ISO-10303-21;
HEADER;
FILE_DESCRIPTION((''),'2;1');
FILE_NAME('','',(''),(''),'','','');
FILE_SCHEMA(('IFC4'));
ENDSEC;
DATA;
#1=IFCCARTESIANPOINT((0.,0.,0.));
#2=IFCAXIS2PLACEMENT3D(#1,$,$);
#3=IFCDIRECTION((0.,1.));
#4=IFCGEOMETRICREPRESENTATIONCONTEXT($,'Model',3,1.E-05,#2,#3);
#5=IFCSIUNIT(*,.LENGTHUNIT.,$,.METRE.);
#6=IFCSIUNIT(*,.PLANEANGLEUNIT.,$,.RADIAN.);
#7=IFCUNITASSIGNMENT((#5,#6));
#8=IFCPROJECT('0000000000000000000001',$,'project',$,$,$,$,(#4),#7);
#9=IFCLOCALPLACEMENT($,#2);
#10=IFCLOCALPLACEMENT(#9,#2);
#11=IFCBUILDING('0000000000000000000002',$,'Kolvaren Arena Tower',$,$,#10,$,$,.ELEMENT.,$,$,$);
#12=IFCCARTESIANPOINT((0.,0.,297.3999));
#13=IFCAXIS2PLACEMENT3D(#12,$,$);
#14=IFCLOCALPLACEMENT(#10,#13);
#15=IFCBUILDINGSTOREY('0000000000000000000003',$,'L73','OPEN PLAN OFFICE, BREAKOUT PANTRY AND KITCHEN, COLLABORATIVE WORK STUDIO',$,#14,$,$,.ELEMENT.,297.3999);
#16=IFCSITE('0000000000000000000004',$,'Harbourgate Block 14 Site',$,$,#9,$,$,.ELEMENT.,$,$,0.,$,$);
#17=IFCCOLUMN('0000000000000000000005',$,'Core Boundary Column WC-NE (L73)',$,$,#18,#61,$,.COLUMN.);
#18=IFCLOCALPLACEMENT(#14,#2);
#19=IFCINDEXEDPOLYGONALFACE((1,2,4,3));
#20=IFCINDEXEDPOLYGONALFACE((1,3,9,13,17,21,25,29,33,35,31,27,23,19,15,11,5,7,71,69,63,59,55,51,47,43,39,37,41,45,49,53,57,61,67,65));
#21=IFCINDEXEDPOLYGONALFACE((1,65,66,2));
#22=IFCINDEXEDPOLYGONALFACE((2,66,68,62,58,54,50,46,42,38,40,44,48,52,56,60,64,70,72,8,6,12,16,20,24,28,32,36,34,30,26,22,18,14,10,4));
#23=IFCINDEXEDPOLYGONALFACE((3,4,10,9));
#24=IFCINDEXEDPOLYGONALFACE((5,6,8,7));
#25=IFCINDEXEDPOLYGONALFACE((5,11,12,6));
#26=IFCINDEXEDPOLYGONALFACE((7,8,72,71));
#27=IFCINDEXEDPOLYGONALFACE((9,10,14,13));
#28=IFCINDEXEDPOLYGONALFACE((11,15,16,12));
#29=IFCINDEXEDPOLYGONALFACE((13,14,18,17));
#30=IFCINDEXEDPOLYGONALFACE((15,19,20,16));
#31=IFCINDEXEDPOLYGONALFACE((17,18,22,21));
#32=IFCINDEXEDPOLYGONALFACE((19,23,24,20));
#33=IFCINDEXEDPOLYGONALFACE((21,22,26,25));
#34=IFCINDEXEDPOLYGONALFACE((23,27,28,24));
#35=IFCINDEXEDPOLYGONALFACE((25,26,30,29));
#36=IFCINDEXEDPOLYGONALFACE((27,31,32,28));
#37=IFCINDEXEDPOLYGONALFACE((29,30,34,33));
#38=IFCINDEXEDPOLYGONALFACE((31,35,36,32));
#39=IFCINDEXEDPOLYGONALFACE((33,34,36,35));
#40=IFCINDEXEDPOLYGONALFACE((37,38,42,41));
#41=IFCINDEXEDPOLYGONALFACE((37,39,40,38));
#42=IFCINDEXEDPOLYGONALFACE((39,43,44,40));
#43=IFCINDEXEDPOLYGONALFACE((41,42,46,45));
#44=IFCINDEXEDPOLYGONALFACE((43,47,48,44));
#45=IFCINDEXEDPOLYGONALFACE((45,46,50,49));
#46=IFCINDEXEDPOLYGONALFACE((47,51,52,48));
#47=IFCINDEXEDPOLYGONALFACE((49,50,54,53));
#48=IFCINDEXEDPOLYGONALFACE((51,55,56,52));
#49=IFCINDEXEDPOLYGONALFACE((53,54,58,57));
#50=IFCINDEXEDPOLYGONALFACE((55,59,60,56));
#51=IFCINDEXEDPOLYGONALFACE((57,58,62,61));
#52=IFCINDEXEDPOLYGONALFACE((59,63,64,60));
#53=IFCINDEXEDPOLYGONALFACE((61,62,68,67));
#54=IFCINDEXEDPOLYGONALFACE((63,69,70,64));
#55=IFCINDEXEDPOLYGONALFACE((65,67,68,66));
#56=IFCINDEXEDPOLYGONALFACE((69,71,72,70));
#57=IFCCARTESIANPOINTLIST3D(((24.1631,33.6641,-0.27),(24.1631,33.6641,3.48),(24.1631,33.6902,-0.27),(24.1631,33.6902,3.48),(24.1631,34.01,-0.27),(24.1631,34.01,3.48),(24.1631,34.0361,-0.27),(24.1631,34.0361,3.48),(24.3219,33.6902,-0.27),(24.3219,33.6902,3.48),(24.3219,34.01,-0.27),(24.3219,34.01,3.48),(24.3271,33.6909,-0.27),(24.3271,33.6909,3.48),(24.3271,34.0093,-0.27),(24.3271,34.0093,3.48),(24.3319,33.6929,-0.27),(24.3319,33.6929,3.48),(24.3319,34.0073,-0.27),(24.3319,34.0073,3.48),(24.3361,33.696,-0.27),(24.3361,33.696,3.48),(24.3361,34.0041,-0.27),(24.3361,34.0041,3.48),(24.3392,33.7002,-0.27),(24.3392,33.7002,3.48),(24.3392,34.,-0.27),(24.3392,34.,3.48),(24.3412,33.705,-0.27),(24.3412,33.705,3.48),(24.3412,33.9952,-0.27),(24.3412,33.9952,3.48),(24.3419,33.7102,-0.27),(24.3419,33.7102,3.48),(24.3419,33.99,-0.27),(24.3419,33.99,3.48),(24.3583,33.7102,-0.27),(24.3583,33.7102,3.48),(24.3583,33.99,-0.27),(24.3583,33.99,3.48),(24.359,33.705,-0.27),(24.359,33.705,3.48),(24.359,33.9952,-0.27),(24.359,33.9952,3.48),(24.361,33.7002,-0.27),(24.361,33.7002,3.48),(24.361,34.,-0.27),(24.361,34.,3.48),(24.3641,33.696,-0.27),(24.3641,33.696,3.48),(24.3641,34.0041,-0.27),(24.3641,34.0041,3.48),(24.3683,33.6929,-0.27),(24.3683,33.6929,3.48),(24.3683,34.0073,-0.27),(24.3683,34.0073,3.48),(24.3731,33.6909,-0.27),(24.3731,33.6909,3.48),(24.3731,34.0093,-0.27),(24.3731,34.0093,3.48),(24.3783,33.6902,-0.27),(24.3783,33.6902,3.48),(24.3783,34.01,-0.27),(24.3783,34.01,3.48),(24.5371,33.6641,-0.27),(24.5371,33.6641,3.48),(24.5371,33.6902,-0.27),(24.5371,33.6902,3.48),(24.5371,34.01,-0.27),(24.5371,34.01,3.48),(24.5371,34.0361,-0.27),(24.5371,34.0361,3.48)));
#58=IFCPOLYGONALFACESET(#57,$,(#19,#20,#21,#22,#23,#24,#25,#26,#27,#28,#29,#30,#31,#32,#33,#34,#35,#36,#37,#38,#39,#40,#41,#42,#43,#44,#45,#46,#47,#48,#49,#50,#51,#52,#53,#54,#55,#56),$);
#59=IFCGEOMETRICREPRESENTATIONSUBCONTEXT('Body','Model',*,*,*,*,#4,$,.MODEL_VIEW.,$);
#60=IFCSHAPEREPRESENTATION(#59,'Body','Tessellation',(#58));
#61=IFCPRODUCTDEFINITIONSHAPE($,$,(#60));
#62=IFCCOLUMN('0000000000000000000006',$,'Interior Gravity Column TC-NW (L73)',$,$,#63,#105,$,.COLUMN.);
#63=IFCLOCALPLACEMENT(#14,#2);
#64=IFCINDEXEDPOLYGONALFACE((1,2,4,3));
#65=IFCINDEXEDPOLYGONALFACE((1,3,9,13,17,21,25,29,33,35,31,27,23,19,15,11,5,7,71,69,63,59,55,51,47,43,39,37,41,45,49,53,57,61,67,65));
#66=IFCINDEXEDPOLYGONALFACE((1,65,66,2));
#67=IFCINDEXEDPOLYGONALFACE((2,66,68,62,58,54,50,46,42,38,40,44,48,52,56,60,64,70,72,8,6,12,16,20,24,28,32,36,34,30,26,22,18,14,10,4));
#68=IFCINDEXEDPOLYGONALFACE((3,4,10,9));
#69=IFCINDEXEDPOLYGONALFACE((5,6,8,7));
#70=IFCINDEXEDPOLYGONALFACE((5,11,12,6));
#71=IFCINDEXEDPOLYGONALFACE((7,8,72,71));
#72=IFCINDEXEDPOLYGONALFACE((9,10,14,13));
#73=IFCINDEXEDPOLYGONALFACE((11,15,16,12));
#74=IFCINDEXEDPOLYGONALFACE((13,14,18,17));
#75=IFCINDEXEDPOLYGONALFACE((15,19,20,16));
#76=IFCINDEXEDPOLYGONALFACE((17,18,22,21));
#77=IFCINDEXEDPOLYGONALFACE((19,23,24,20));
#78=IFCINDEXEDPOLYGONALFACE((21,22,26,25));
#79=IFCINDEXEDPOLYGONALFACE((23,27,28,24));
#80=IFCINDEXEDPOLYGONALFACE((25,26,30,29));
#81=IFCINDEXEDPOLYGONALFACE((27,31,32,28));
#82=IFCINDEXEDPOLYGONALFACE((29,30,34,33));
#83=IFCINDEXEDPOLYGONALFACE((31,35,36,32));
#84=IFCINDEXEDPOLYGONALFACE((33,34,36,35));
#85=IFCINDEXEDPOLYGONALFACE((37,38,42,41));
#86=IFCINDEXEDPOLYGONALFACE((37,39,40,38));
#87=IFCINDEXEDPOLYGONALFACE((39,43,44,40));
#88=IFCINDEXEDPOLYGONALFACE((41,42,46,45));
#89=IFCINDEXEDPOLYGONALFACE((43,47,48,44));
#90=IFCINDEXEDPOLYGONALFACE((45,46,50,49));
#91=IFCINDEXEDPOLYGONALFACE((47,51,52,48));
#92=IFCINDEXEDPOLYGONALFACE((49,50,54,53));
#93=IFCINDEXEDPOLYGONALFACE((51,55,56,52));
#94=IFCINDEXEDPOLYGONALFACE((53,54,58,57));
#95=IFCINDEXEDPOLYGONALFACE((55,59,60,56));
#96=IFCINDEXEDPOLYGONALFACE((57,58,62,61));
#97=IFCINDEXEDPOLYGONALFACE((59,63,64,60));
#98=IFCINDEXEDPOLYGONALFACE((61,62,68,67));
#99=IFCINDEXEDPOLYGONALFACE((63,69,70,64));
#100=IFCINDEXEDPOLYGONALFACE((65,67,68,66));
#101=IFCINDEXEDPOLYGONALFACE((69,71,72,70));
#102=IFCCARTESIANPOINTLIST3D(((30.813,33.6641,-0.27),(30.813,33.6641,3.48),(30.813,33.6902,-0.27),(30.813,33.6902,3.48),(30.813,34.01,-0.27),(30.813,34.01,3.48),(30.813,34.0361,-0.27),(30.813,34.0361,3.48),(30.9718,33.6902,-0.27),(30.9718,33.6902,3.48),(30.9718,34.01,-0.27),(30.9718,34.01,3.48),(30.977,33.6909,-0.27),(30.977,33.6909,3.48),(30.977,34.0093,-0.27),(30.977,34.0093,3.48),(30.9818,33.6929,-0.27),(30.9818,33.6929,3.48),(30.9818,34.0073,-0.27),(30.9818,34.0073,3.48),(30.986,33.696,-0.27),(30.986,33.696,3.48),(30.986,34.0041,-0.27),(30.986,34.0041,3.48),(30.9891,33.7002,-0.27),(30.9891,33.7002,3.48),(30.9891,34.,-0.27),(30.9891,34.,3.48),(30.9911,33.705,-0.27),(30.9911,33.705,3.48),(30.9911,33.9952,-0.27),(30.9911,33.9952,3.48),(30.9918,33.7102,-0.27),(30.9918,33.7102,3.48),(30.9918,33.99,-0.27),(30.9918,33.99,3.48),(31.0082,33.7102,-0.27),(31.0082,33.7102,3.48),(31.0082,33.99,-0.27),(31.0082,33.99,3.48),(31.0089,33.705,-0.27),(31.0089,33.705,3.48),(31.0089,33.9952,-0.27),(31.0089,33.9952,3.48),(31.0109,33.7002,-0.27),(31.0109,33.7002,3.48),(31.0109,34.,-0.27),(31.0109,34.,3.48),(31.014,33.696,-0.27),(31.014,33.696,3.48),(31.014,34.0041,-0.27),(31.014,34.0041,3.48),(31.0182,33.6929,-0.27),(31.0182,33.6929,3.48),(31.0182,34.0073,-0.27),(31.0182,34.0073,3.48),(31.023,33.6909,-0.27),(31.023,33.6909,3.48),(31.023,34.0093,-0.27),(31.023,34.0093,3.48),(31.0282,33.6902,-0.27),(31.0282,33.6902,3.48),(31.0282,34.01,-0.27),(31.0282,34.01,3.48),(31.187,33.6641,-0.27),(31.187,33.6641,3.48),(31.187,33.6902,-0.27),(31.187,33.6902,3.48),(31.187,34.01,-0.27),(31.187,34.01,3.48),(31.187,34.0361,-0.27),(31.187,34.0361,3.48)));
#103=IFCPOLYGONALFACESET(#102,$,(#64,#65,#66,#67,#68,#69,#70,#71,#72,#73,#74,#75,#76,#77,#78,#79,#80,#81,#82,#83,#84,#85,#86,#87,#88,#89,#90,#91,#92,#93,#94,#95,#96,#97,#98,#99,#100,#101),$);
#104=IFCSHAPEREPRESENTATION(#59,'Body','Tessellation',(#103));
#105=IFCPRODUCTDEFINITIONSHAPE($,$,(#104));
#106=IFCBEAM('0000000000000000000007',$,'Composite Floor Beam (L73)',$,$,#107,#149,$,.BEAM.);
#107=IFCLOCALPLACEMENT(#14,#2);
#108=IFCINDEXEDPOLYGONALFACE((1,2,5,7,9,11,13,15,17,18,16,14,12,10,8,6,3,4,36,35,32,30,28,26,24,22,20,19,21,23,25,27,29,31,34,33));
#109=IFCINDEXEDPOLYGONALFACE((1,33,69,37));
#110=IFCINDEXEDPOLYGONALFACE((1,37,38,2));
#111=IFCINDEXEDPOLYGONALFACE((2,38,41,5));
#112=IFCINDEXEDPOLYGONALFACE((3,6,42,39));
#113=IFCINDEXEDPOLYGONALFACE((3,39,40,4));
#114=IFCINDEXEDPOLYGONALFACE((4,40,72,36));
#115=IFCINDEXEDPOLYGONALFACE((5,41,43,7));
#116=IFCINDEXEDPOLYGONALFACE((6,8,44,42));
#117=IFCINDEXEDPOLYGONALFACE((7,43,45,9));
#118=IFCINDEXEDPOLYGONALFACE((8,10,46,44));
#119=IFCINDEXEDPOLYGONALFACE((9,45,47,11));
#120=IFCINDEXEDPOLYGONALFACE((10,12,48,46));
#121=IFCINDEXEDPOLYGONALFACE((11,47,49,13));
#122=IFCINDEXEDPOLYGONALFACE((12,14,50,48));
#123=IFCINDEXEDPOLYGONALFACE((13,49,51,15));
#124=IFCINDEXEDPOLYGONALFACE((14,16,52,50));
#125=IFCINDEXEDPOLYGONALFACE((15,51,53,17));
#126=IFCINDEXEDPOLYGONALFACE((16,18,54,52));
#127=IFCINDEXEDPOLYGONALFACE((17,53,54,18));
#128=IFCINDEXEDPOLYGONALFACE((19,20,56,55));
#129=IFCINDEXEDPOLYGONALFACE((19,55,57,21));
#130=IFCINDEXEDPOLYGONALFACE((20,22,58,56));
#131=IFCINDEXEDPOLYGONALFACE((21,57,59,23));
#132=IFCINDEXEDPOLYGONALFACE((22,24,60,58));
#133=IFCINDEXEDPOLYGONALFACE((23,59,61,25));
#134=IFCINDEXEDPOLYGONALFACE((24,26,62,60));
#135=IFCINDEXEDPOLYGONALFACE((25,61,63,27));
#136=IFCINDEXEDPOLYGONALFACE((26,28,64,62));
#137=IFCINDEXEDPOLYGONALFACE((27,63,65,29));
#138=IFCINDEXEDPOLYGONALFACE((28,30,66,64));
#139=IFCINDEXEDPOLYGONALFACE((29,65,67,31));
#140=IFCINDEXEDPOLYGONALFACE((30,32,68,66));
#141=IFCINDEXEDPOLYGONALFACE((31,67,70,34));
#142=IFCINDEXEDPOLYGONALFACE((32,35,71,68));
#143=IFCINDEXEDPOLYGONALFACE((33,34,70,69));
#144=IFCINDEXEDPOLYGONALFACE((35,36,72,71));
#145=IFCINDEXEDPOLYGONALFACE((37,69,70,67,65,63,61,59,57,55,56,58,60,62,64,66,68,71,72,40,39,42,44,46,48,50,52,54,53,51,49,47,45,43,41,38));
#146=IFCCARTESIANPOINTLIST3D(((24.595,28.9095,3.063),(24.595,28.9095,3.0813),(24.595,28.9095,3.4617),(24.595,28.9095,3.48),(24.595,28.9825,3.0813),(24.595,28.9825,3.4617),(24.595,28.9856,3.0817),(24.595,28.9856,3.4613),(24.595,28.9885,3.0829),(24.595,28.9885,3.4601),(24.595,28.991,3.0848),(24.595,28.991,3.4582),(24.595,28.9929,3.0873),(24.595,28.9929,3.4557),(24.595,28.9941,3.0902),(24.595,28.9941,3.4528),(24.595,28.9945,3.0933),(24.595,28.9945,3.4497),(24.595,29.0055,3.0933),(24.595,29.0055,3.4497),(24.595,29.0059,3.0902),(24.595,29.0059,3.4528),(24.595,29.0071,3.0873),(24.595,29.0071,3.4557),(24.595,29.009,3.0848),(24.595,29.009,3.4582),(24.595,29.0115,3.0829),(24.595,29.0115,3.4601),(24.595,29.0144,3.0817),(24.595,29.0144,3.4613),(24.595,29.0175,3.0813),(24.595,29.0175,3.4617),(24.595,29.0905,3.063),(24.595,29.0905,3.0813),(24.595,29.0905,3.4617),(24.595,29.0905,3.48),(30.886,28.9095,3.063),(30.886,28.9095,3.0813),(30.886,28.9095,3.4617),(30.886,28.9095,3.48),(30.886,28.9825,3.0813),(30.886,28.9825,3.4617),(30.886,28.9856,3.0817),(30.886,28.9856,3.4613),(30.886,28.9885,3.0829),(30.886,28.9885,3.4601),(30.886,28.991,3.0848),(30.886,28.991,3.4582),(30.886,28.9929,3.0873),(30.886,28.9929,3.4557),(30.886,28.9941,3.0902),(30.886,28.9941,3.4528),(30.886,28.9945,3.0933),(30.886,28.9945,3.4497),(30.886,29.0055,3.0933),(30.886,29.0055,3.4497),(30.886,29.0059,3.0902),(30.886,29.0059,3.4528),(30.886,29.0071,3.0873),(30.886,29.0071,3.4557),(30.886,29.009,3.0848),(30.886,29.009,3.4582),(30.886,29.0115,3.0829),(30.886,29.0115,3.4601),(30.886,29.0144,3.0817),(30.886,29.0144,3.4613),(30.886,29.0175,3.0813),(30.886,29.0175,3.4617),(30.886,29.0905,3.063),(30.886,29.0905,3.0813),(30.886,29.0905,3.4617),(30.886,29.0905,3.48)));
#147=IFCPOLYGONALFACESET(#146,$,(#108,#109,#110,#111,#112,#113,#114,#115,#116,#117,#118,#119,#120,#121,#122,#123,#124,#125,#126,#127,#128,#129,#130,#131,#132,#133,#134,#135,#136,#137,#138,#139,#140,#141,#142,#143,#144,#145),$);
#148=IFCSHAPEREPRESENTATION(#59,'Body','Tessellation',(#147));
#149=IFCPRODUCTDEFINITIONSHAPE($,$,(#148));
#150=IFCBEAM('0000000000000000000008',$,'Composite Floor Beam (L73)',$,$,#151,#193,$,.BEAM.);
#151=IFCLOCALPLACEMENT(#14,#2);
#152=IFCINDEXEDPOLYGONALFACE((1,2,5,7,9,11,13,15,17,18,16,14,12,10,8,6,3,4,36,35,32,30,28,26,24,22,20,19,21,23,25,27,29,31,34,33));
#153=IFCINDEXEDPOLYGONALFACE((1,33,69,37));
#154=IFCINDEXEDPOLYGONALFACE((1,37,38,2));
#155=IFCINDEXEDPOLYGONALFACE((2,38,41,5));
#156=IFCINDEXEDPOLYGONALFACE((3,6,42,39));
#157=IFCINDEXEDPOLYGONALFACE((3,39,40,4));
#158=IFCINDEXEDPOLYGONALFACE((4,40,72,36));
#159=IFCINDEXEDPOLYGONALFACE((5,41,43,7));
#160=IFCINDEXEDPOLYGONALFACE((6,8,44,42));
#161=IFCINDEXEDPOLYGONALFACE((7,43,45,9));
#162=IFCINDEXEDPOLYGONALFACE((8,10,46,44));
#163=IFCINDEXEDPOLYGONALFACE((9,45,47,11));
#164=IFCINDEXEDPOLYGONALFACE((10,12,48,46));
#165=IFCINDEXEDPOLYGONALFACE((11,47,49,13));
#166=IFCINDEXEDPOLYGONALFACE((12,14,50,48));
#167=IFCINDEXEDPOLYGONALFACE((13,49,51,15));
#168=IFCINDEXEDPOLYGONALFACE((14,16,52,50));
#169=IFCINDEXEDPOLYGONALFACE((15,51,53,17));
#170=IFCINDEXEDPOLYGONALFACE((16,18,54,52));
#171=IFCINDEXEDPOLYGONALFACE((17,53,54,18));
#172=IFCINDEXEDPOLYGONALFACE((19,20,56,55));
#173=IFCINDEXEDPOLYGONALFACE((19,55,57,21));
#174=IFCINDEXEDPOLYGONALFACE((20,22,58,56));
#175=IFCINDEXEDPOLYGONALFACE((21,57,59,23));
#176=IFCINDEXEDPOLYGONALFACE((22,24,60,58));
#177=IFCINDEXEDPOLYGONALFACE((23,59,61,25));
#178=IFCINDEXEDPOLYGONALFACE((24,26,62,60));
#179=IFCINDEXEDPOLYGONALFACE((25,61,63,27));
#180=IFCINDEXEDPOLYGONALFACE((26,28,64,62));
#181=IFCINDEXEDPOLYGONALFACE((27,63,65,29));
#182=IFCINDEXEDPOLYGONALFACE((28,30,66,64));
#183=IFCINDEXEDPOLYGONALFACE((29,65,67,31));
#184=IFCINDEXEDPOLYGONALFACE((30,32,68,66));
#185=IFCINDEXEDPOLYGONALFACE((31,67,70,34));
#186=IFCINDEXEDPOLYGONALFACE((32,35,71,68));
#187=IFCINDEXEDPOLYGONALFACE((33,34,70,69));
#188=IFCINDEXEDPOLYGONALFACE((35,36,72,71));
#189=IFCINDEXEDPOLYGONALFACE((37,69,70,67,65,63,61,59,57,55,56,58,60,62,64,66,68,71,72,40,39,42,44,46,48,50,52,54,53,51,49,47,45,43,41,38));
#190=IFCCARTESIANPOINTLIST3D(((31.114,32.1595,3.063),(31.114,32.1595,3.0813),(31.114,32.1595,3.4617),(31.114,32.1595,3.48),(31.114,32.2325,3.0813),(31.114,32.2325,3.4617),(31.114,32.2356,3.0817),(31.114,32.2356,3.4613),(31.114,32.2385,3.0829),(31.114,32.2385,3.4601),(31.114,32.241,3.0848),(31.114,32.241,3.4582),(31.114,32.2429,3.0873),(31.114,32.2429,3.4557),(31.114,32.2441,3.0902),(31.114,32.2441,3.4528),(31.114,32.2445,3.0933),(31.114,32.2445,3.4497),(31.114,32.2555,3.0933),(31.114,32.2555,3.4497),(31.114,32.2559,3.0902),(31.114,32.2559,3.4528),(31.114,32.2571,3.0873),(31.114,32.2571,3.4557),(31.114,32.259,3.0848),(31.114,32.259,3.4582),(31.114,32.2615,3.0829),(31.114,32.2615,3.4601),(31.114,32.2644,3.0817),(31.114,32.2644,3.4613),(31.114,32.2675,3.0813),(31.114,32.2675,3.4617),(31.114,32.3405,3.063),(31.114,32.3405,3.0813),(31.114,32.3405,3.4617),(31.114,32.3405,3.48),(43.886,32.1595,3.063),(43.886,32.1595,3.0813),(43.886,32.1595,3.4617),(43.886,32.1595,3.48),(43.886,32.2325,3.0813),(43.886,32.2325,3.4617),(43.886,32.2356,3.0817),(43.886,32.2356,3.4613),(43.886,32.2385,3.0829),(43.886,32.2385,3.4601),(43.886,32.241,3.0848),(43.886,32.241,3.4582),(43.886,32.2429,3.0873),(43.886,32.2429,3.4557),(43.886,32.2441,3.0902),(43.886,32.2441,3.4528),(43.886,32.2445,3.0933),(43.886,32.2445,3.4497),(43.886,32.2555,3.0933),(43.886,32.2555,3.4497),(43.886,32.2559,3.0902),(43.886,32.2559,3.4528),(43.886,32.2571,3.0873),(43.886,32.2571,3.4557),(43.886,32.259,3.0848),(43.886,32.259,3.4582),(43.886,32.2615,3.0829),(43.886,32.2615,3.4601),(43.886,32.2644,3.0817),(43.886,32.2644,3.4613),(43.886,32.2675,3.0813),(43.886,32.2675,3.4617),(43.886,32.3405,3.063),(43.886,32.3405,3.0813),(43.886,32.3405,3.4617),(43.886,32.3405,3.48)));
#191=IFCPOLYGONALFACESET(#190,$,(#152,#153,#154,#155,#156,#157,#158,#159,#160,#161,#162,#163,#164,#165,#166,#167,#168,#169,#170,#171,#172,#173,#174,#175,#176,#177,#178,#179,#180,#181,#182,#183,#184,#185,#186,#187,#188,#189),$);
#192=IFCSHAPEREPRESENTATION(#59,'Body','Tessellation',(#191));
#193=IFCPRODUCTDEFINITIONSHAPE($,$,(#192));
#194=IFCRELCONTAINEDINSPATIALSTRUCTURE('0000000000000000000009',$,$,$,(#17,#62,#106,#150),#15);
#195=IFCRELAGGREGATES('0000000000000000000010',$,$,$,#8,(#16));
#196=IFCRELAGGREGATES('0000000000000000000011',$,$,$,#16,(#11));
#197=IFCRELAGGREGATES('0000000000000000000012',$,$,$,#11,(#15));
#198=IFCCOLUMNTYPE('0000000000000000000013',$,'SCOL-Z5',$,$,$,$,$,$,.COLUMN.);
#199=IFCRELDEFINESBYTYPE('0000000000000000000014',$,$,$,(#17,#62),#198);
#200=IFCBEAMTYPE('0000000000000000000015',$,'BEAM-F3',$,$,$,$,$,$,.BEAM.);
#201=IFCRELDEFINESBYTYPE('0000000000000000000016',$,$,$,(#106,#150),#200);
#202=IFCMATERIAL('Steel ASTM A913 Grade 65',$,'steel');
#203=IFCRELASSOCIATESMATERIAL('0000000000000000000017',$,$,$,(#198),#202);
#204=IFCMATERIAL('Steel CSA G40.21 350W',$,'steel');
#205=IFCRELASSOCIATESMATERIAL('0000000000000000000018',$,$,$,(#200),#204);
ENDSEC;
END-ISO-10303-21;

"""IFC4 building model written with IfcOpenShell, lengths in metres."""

from ifc_helpers import new_model, si_unit, direction, frame, origin, origin_2d, place, context, subcontext, project, spatial, i_section, extrude, material, material_profile, profile_set, type_object, element, save


model = new_model("IFC4")

# Units and contexts
model_context = context("Model", 3, precision=1e-05, world=origin(), true_north=direction((0.0, 1.0)))
body_context = subcontext(model_context, "Body", "Model", "MODEL_VIEW")
ifc_project = project(units=[si_unit("LENGTHUNIT", "METRE"), si_unit("PLANEANGLEUNIT", "RADIAN")], contexts=[model_context])

# Site, building, storey
site_placement = place(None, origin())
site = spatial("IfcSite", under=ifc_project, at=site_placement, Name="Harbourgate Block 14 Site", CompositionType="ELEMENT", RefElevation=0.0)
building_placement = place(site_placement, origin())
building = spatial("IfcBuilding", under=site, at=building_placement, Name="Kolvaren Arena Tower", CompositionType="ELEMENT")
storey_placement = place(building_placement, frame((0.0, 0.0, 297.3999)))
storey = spatial("IfcBuildingStorey", under=building, at=storey_placement, Name="L73", Description="OPEN PLAN OFFICE, BREAKOUT PANTRY AND KITCHEN, COLLABORATIVE WORK STUDIO", CompositionType="ELEMENT", Elevation=297.3999)

# Columns
ifc_material_1 = material(Name="Steel ASTM A913 Grade 65", Category="steel")
ifc_material_profile_1 = material_profile(ifc_material_1, i_section(OverallWidth=0.374, OverallDepth=0.3721, WebThickness=0.0164, FlangeThickness=0.0261, FilletRadius=0.02, at=origin_2d()), Name="W360x196")
ifc_profile_set_1 = profile_set([ifc_material_profile_1], Name="Steel ASTM A913 Grade 65")
column_type = type_object("IfcColumnType", Name="SCOL-Z5", PredefinedType="COLUMN", material=ifc_profile_set_1)
for number, where, z_axis, x_axis, name in (
    (1, (24.3501, 33.8501, -0.27), (0.0, 0.0, 1.0), (1.0, 0.0, 0.0), "Core Boundary Column WC-NE (L73)"),
    (2, (31.0, 33.8501, -0.27), (0.0, 0.0, 1.0), (1.0, 0.0, 0.0), "Interior Gravity Column TC-NW (L73)"),
):
    element("IfcColumn", number, at=place(storey_placement, frame(where, z_axis=z_axis, x_axis=x_axis)), inside=storey, type_object=column_type, Name=name, PredefinedType="COLUMN", context=body_context, shape_type="SweptSolid", body=[
        extrude(i_section(OverallWidth=0.374, OverallDepth=0.3721, WebThickness=0.0164, FlangeThickness=0.0261, FilletRadius=0.02, at=origin_2d()), origin(), (0.0, 0.0, 1.0), 3.75),
    ])

# Beams
ifc_material_2 = material(Name="Steel CSA G40.21 350W", Category="steel")
ifc_material_profile_2 = material_profile(ifc_material_2, i_section(OverallWidth=0.1809, OverallDepth=0.417, WebThickness=0.011, FlangeThickness=0.0183, FilletRadius=0.012, at=origin_2d()), Name="W410x85")
ifc_profile_set_2 = profile_set([ifc_material_profile_2], Name="Steel CSA G40.21 350W")
beam_type_1 = type_object("IfcBeamType", Name="BEAM-F3", PredefinedType="BEAM", material=ifc_profile_set_2)
beam_1_placement = place(storey_placement, frame((24.595, 29.0, 3.2715), z_axis=(1.0, 0.0, 0.0), x_axis=(0.0, 1.0, 0.0)))
element("IfcBeam", 3, at=beam_1_placement, inside=storey, type_object=beam_type_1, Name="Composite Floor Beam (L73)", PredefinedType="BEAM", context=body_context, shape_type="SweptSolid", body=[
    extrude(i_section(OverallWidth=0.1809, OverallDepth=0.417, WebThickness=0.011, FlangeThickness=0.0183, FilletRadius=0.012, at=origin_2d()), origin(), (0.0, 0.0, 1.0), 6.291),
])
beam_2_placement = place(storey_placement, frame((31.114, 32.25, 3.2715), z_axis=(1.0, 0.0, 0.0), x_axis=(0.0, 1.0, 0.0)))
element("IfcBeam", 4, at=beam_2_placement, inside=storey, type_object=beam_type_1, Name="Composite Floor Beam (L73)", PredefinedType="BEAM", context=body_context, shape_type="SweptSolid", body=[
    extrude(i_section(OverallWidth=0.1809, OverallDepth=0.417, WebThickness=0.011, FlangeThickness=0.0183, FilletRadius=0.012, at=origin_2d()), origin(), (0.0, 0.0, 1.0), 12.772),
])

save(model, "model.ifc")
